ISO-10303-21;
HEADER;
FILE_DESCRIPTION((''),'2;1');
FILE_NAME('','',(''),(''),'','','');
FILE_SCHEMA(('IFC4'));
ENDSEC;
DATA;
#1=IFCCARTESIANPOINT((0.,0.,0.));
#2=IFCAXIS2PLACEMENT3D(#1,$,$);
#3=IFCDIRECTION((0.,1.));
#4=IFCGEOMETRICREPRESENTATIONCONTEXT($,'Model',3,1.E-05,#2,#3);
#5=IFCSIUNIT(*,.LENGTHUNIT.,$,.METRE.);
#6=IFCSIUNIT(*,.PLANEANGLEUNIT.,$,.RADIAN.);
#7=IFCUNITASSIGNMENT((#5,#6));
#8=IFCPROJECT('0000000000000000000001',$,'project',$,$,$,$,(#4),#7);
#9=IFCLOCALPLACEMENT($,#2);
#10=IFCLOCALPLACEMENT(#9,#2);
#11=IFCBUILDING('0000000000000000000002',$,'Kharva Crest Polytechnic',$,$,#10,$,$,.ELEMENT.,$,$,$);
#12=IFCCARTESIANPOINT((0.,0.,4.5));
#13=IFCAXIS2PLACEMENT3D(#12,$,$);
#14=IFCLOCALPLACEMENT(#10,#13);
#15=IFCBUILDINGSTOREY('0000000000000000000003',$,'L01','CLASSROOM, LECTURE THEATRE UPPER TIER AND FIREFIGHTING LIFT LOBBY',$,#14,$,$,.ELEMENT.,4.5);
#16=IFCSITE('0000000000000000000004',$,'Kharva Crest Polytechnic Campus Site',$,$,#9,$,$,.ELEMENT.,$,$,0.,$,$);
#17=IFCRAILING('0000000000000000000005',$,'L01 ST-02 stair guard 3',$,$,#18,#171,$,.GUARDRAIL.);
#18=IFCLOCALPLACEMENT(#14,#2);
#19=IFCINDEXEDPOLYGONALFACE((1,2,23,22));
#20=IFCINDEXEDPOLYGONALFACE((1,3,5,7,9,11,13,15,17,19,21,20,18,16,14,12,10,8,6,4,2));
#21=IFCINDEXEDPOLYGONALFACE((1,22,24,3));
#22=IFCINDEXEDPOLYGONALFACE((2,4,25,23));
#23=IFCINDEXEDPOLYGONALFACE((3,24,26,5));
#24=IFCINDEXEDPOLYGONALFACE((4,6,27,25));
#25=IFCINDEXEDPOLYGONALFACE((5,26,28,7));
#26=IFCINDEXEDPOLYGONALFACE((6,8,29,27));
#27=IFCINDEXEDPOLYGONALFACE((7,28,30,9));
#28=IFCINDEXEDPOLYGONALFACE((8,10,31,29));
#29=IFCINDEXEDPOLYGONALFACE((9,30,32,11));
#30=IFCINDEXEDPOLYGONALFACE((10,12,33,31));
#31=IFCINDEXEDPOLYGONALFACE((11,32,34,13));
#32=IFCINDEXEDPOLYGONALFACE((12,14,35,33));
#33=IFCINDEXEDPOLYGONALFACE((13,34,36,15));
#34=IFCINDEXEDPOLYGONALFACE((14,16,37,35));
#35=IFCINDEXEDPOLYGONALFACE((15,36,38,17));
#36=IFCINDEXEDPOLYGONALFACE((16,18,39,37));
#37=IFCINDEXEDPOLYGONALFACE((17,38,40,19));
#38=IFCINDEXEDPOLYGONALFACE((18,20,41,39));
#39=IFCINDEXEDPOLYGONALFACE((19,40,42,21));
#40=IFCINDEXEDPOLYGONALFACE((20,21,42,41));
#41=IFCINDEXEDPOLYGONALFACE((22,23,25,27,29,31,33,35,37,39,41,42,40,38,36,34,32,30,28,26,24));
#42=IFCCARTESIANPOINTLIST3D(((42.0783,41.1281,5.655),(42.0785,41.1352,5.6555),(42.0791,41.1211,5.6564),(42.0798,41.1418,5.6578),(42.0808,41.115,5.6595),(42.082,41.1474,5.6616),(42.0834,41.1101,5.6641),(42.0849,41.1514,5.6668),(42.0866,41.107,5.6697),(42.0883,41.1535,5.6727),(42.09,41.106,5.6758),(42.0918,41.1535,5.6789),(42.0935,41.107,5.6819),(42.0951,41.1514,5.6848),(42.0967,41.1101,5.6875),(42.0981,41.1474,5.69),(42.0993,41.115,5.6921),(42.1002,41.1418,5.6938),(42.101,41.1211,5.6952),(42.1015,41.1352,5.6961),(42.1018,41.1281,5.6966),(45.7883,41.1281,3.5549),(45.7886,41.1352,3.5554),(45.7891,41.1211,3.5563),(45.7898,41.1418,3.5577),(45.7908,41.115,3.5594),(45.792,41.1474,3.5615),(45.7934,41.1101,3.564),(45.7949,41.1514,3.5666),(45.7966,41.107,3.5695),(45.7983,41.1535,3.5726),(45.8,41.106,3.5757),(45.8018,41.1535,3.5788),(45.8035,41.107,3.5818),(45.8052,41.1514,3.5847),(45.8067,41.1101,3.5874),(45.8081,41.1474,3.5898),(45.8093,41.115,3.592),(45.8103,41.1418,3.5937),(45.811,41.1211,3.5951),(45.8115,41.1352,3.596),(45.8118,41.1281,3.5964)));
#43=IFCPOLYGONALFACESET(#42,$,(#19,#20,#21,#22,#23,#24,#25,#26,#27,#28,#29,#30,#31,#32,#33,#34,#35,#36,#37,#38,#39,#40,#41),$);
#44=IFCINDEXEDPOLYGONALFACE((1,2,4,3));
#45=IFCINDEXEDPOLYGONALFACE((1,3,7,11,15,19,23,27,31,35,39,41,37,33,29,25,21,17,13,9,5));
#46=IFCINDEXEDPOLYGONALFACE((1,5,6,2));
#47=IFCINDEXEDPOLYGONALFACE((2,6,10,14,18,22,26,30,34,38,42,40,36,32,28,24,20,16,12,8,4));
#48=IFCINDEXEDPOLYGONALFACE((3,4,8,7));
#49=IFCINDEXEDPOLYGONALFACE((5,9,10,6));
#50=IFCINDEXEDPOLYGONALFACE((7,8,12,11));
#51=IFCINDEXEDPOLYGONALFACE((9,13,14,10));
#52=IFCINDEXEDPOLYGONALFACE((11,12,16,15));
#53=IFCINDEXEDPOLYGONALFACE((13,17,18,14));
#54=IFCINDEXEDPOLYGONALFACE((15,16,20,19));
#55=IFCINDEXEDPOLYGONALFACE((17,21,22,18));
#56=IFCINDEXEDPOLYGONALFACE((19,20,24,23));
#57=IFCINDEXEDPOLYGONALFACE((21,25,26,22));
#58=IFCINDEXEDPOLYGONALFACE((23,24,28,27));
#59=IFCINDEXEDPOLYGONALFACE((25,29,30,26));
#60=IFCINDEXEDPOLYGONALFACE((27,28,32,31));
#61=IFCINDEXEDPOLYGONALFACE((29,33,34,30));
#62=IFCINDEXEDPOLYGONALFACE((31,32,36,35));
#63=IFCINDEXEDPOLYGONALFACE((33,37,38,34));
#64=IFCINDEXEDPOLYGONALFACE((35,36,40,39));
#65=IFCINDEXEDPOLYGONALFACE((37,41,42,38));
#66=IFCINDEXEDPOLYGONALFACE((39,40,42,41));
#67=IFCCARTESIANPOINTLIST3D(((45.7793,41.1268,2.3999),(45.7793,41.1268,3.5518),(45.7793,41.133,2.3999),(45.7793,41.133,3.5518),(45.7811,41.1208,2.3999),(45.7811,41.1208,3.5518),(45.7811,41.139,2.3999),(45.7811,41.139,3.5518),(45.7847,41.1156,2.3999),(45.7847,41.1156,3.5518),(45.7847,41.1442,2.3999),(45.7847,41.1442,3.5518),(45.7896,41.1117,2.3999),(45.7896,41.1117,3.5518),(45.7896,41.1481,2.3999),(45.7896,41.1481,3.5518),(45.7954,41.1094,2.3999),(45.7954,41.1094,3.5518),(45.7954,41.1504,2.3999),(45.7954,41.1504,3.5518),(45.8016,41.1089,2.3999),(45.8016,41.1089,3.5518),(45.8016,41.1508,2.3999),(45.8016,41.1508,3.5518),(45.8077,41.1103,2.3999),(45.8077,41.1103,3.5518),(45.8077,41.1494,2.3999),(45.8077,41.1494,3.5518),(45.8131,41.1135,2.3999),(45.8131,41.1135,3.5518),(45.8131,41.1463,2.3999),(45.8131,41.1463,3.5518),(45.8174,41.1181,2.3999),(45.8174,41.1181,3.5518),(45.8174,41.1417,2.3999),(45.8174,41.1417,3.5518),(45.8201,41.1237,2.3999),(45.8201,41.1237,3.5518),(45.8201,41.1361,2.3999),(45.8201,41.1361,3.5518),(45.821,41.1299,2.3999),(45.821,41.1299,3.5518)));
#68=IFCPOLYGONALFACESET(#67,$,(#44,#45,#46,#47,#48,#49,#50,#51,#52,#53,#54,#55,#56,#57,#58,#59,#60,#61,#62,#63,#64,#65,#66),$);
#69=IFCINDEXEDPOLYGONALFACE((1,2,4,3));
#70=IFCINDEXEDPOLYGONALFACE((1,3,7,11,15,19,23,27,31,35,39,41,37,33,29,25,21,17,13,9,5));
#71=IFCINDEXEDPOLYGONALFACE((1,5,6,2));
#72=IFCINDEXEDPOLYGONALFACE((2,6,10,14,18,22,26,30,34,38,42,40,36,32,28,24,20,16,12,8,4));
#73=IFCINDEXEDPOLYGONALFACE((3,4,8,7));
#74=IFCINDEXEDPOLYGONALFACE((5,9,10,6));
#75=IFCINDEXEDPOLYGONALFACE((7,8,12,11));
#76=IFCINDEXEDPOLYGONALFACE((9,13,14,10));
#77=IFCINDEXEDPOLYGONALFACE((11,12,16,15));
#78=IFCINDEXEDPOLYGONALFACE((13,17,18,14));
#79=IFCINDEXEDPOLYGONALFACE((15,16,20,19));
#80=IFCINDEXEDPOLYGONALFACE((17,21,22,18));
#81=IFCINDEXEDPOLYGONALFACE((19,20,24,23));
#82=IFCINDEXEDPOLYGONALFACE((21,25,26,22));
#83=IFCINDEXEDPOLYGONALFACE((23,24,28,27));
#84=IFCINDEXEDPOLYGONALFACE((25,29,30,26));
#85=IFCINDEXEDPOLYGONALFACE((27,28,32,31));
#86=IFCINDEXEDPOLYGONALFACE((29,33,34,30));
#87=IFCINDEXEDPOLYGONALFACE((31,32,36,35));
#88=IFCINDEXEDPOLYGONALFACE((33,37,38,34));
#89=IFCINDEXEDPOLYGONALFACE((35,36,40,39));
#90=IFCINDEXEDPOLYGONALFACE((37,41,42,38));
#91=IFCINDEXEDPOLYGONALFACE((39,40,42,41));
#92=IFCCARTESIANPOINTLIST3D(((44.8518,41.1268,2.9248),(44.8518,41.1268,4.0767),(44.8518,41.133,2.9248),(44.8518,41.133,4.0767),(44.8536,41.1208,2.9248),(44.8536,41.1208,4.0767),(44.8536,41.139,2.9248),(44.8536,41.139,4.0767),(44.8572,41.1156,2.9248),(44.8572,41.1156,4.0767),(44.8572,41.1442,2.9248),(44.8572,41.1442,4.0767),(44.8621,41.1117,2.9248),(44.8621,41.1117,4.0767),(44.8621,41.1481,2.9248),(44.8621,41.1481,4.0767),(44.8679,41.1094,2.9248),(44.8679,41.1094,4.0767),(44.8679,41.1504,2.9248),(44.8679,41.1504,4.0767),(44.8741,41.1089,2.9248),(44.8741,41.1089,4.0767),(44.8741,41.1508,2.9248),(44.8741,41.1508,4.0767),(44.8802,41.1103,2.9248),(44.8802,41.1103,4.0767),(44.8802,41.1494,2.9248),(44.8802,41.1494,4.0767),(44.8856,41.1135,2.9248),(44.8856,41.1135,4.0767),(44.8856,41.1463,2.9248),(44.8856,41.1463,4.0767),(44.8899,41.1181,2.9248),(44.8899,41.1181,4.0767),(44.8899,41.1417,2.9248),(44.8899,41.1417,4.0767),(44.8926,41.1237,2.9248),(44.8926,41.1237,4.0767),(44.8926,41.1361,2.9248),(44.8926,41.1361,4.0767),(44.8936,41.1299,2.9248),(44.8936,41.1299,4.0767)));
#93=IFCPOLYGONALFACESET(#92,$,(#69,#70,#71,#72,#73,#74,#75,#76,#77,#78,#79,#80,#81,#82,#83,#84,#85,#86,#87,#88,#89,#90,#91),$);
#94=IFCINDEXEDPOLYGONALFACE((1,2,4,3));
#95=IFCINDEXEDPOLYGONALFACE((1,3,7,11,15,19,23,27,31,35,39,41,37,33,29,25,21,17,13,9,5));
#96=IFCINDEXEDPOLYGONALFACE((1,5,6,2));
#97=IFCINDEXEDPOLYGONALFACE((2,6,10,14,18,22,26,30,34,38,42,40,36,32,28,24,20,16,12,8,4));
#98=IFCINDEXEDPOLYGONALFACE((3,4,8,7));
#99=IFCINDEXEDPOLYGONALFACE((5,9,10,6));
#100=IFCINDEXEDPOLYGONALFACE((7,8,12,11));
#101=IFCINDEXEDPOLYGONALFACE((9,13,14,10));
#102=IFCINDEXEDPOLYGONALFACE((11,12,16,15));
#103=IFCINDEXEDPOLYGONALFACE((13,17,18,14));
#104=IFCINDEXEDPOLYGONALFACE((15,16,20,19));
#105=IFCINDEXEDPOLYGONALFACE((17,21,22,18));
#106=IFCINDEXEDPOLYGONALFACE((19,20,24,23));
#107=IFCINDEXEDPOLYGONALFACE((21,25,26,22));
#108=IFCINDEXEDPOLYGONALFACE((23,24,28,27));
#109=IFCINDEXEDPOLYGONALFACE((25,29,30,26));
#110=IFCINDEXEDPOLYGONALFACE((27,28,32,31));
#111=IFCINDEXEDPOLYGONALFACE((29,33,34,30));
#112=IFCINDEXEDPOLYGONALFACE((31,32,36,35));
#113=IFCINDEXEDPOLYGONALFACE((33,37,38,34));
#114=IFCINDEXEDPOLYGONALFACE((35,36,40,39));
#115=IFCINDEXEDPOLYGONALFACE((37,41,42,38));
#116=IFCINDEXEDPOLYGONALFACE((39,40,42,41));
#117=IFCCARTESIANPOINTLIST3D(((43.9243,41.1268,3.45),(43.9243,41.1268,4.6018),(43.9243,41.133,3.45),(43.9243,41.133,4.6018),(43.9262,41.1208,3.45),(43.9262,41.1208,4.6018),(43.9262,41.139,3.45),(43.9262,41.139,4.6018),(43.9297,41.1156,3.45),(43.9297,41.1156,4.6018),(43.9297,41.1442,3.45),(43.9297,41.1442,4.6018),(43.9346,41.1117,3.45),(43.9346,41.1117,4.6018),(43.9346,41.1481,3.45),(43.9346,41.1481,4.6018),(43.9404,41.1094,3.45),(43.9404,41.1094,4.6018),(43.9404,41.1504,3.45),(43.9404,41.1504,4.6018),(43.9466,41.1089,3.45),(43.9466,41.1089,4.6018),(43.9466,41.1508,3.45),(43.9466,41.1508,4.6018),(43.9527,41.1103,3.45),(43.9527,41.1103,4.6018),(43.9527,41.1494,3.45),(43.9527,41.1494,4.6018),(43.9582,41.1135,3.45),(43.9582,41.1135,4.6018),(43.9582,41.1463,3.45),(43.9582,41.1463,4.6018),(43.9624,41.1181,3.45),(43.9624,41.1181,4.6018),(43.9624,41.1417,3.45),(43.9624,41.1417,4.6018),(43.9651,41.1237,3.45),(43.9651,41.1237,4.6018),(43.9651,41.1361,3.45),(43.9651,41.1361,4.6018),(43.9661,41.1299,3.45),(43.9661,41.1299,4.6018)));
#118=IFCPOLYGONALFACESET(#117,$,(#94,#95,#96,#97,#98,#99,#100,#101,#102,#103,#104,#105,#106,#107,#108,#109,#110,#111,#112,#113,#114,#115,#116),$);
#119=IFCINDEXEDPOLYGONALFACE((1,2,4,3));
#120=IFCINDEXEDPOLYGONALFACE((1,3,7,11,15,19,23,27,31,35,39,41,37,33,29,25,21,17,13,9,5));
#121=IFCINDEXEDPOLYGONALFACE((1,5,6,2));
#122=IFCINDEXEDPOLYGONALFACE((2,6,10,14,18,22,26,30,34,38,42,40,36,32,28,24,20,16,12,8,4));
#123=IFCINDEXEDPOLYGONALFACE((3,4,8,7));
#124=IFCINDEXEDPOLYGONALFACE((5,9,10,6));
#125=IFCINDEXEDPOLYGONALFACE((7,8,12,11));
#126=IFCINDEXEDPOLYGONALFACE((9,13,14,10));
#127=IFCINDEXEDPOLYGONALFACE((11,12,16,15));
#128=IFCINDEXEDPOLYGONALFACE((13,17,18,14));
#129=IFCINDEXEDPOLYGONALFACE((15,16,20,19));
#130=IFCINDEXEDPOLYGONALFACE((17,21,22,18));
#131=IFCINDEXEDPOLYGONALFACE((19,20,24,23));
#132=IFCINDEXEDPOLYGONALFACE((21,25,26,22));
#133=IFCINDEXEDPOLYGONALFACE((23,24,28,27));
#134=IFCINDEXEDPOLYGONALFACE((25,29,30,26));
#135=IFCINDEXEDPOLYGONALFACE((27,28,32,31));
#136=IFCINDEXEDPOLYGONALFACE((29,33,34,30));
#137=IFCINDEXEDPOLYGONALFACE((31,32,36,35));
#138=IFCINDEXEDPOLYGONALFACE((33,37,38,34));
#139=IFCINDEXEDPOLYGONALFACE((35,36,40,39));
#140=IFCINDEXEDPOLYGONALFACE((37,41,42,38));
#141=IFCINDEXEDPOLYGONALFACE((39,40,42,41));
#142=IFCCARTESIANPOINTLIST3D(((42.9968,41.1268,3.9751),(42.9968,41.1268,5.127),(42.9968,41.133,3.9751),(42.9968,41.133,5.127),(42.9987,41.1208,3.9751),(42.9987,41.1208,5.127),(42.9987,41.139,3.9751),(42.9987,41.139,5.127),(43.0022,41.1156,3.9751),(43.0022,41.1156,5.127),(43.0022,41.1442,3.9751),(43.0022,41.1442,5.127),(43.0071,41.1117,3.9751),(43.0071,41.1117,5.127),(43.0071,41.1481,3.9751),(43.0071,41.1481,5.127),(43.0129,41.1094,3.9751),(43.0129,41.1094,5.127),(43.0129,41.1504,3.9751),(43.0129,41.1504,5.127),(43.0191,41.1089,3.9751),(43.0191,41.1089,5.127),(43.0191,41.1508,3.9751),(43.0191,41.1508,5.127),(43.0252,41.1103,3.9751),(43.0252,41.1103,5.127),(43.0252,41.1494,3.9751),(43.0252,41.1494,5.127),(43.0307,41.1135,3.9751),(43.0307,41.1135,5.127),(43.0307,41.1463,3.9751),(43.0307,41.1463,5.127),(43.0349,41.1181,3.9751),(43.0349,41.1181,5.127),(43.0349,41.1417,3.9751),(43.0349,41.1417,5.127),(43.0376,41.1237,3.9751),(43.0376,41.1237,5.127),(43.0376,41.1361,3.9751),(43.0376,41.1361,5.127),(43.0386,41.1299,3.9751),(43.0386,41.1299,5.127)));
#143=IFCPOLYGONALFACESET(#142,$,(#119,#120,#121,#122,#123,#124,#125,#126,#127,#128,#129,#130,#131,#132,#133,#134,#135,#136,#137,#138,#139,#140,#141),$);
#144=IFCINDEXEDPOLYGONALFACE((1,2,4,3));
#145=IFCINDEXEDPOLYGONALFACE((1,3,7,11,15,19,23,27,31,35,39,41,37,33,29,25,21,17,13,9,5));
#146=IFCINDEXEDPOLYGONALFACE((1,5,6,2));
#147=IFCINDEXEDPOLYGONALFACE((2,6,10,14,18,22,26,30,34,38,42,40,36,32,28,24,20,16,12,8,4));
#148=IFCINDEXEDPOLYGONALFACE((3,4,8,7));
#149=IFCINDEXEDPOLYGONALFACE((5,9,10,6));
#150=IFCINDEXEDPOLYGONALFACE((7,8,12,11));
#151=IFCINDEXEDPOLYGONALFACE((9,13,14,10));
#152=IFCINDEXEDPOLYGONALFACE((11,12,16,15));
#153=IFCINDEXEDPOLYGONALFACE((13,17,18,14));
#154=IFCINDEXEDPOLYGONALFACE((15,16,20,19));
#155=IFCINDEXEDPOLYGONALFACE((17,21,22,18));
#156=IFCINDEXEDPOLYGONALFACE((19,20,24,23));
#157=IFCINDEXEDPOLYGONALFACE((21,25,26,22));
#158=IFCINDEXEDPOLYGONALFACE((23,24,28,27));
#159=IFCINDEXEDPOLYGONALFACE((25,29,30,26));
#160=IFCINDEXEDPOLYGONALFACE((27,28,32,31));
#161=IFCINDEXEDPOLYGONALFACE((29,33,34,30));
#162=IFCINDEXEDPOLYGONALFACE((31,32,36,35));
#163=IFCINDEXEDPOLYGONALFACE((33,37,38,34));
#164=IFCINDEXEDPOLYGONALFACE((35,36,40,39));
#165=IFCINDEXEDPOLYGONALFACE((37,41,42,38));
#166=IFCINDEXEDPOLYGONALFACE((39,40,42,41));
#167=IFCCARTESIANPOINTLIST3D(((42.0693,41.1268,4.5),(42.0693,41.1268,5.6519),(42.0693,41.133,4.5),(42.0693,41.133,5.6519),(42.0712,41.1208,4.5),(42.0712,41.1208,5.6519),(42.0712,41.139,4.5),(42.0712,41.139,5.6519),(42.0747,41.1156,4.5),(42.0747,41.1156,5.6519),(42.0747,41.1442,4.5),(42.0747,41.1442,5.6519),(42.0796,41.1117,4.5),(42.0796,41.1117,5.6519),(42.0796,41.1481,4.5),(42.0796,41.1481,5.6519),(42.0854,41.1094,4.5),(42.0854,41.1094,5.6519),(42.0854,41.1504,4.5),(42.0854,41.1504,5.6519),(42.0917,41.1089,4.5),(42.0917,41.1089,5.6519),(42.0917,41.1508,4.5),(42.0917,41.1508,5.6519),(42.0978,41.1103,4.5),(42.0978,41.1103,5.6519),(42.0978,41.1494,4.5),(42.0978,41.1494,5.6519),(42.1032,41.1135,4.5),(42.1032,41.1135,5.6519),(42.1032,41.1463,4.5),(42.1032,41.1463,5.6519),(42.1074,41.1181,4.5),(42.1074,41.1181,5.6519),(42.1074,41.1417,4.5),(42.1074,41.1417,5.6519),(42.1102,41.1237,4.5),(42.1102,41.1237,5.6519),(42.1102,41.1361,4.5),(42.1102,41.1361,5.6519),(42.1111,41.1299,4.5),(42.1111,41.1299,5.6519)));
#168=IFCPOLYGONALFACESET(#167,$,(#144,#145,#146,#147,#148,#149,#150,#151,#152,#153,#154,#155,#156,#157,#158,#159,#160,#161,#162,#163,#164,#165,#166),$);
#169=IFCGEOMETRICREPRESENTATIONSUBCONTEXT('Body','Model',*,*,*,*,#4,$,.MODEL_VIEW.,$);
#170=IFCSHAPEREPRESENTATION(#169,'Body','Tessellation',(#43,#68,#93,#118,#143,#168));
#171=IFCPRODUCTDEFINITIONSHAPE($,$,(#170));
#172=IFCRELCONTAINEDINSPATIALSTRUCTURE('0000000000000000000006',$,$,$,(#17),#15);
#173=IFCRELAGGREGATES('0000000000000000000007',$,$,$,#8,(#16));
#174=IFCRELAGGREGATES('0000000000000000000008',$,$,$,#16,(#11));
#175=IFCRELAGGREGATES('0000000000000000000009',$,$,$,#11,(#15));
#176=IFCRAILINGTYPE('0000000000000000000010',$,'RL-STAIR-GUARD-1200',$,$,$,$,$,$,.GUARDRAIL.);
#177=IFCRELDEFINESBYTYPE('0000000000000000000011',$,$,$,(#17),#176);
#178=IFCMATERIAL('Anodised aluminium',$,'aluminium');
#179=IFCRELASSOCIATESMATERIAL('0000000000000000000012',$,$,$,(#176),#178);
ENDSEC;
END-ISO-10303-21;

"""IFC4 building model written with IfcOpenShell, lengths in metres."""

from ifc_helpers import new_model, si_unit, direction, frame, origin, origin_2d, place, context, subcontext, project, spatial, circle, extrude, material, type_object, element, save


model = new_model("IFC4")

# Units and contexts
model_context = context("Model", 3, precision=1e-05, world=origin(), true_north=direction((0.0, 1.0)))
body_context = subcontext(model_context, "Body", "Model", "MODEL_VIEW")
ifc_project = project(units=[si_unit("LENGTHUNIT", "METRE"), si_unit("PLANEANGLEUNIT", "RADIAN")], contexts=[model_context])

# Site, building, storey
site_placement = place(None, origin())
site = spatial("IfcSite", under=ifc_project, at=site_placement, Name="Kharva Crest Polytechnic Campus Site", CompositionType="ELEMENT", RefElevation=0.0)
building_placement = place(site_placement, origin())
building = spatial("IfcBuilding", under=site, at=building_placement, Name="Kharva Crest Polytechnic", CompositionType="ELEMENT")
storey_placement = place(building_placement, frame((0.0, 0.0, 4.5)))
storey = spatial("IfcBuildingStorey", under=building, at=storey_placement, Name="L01", Description="CLASSROOM, LECTURE THEATRE UPPER TIER AND FIREFIGHTING LIFT LOBBY", CompositionType="ELEMENT", Elevation=4.5)

# Railing
ifc_material_1 = material(Name="Anodised aluminium", Category="aluminium")
railing_type_1 = type_object("IfcRailingType", Name="RL-STAIR-GUARD-1200", PredefinedType="GUARDRAIL", material=ifc_material_1)
railing_1_placement = place(storey_placement, frame((45.8, 41.1299, 2.3999)))
element("IfcRailing", 1, at=railing_1_placement, inside=storey, type_object=railing_type_1, Name="L01 ST-02 stair guard 3", PredefinedType="GUARDRAIL", context=body_context, shape_type="SweptSolid", body=[
    extrude(circle(Radius=0.0239, at=origin_2d()), frame((0.0, 0.0, 1.1758), z_axis=(-0.870245, 0.0, 0.492619), x_axis=(0.0, -1.0, 0.0)), (0.0, 0.0, 1.0), 4.2632),
    extrude(circle(Radius=0.021, at=origin_2d()), origin(), (0.0, 0.0, 1.0), 1.1519),
    extrude(circle(Radius=0.021, at=origin_2d()), frame((-0.9275, 0.0, 0.5249)), (0.0, 0.0, 1.0), 1.1519),
    extrude(circle(Radius=0.021, at=origin_2d()), frame((-1.855, 0.0, 1.05)), (0.0, 0.0, 1.0), 1.1519),
    extrude(circle(Radius=0.021, at=origin_2d()), frame((-2.7825, 0.0, 1.5752)), (0.0, 0.0, 1.0), 1.1519),
    extrude(circle(Radius=0.021, at=origin_2d()), frame((-3.71, 0.0, 2.1001)), (0.0, 0.0, 1.0), 1.1519),
])

save(model, "model.ifc")
